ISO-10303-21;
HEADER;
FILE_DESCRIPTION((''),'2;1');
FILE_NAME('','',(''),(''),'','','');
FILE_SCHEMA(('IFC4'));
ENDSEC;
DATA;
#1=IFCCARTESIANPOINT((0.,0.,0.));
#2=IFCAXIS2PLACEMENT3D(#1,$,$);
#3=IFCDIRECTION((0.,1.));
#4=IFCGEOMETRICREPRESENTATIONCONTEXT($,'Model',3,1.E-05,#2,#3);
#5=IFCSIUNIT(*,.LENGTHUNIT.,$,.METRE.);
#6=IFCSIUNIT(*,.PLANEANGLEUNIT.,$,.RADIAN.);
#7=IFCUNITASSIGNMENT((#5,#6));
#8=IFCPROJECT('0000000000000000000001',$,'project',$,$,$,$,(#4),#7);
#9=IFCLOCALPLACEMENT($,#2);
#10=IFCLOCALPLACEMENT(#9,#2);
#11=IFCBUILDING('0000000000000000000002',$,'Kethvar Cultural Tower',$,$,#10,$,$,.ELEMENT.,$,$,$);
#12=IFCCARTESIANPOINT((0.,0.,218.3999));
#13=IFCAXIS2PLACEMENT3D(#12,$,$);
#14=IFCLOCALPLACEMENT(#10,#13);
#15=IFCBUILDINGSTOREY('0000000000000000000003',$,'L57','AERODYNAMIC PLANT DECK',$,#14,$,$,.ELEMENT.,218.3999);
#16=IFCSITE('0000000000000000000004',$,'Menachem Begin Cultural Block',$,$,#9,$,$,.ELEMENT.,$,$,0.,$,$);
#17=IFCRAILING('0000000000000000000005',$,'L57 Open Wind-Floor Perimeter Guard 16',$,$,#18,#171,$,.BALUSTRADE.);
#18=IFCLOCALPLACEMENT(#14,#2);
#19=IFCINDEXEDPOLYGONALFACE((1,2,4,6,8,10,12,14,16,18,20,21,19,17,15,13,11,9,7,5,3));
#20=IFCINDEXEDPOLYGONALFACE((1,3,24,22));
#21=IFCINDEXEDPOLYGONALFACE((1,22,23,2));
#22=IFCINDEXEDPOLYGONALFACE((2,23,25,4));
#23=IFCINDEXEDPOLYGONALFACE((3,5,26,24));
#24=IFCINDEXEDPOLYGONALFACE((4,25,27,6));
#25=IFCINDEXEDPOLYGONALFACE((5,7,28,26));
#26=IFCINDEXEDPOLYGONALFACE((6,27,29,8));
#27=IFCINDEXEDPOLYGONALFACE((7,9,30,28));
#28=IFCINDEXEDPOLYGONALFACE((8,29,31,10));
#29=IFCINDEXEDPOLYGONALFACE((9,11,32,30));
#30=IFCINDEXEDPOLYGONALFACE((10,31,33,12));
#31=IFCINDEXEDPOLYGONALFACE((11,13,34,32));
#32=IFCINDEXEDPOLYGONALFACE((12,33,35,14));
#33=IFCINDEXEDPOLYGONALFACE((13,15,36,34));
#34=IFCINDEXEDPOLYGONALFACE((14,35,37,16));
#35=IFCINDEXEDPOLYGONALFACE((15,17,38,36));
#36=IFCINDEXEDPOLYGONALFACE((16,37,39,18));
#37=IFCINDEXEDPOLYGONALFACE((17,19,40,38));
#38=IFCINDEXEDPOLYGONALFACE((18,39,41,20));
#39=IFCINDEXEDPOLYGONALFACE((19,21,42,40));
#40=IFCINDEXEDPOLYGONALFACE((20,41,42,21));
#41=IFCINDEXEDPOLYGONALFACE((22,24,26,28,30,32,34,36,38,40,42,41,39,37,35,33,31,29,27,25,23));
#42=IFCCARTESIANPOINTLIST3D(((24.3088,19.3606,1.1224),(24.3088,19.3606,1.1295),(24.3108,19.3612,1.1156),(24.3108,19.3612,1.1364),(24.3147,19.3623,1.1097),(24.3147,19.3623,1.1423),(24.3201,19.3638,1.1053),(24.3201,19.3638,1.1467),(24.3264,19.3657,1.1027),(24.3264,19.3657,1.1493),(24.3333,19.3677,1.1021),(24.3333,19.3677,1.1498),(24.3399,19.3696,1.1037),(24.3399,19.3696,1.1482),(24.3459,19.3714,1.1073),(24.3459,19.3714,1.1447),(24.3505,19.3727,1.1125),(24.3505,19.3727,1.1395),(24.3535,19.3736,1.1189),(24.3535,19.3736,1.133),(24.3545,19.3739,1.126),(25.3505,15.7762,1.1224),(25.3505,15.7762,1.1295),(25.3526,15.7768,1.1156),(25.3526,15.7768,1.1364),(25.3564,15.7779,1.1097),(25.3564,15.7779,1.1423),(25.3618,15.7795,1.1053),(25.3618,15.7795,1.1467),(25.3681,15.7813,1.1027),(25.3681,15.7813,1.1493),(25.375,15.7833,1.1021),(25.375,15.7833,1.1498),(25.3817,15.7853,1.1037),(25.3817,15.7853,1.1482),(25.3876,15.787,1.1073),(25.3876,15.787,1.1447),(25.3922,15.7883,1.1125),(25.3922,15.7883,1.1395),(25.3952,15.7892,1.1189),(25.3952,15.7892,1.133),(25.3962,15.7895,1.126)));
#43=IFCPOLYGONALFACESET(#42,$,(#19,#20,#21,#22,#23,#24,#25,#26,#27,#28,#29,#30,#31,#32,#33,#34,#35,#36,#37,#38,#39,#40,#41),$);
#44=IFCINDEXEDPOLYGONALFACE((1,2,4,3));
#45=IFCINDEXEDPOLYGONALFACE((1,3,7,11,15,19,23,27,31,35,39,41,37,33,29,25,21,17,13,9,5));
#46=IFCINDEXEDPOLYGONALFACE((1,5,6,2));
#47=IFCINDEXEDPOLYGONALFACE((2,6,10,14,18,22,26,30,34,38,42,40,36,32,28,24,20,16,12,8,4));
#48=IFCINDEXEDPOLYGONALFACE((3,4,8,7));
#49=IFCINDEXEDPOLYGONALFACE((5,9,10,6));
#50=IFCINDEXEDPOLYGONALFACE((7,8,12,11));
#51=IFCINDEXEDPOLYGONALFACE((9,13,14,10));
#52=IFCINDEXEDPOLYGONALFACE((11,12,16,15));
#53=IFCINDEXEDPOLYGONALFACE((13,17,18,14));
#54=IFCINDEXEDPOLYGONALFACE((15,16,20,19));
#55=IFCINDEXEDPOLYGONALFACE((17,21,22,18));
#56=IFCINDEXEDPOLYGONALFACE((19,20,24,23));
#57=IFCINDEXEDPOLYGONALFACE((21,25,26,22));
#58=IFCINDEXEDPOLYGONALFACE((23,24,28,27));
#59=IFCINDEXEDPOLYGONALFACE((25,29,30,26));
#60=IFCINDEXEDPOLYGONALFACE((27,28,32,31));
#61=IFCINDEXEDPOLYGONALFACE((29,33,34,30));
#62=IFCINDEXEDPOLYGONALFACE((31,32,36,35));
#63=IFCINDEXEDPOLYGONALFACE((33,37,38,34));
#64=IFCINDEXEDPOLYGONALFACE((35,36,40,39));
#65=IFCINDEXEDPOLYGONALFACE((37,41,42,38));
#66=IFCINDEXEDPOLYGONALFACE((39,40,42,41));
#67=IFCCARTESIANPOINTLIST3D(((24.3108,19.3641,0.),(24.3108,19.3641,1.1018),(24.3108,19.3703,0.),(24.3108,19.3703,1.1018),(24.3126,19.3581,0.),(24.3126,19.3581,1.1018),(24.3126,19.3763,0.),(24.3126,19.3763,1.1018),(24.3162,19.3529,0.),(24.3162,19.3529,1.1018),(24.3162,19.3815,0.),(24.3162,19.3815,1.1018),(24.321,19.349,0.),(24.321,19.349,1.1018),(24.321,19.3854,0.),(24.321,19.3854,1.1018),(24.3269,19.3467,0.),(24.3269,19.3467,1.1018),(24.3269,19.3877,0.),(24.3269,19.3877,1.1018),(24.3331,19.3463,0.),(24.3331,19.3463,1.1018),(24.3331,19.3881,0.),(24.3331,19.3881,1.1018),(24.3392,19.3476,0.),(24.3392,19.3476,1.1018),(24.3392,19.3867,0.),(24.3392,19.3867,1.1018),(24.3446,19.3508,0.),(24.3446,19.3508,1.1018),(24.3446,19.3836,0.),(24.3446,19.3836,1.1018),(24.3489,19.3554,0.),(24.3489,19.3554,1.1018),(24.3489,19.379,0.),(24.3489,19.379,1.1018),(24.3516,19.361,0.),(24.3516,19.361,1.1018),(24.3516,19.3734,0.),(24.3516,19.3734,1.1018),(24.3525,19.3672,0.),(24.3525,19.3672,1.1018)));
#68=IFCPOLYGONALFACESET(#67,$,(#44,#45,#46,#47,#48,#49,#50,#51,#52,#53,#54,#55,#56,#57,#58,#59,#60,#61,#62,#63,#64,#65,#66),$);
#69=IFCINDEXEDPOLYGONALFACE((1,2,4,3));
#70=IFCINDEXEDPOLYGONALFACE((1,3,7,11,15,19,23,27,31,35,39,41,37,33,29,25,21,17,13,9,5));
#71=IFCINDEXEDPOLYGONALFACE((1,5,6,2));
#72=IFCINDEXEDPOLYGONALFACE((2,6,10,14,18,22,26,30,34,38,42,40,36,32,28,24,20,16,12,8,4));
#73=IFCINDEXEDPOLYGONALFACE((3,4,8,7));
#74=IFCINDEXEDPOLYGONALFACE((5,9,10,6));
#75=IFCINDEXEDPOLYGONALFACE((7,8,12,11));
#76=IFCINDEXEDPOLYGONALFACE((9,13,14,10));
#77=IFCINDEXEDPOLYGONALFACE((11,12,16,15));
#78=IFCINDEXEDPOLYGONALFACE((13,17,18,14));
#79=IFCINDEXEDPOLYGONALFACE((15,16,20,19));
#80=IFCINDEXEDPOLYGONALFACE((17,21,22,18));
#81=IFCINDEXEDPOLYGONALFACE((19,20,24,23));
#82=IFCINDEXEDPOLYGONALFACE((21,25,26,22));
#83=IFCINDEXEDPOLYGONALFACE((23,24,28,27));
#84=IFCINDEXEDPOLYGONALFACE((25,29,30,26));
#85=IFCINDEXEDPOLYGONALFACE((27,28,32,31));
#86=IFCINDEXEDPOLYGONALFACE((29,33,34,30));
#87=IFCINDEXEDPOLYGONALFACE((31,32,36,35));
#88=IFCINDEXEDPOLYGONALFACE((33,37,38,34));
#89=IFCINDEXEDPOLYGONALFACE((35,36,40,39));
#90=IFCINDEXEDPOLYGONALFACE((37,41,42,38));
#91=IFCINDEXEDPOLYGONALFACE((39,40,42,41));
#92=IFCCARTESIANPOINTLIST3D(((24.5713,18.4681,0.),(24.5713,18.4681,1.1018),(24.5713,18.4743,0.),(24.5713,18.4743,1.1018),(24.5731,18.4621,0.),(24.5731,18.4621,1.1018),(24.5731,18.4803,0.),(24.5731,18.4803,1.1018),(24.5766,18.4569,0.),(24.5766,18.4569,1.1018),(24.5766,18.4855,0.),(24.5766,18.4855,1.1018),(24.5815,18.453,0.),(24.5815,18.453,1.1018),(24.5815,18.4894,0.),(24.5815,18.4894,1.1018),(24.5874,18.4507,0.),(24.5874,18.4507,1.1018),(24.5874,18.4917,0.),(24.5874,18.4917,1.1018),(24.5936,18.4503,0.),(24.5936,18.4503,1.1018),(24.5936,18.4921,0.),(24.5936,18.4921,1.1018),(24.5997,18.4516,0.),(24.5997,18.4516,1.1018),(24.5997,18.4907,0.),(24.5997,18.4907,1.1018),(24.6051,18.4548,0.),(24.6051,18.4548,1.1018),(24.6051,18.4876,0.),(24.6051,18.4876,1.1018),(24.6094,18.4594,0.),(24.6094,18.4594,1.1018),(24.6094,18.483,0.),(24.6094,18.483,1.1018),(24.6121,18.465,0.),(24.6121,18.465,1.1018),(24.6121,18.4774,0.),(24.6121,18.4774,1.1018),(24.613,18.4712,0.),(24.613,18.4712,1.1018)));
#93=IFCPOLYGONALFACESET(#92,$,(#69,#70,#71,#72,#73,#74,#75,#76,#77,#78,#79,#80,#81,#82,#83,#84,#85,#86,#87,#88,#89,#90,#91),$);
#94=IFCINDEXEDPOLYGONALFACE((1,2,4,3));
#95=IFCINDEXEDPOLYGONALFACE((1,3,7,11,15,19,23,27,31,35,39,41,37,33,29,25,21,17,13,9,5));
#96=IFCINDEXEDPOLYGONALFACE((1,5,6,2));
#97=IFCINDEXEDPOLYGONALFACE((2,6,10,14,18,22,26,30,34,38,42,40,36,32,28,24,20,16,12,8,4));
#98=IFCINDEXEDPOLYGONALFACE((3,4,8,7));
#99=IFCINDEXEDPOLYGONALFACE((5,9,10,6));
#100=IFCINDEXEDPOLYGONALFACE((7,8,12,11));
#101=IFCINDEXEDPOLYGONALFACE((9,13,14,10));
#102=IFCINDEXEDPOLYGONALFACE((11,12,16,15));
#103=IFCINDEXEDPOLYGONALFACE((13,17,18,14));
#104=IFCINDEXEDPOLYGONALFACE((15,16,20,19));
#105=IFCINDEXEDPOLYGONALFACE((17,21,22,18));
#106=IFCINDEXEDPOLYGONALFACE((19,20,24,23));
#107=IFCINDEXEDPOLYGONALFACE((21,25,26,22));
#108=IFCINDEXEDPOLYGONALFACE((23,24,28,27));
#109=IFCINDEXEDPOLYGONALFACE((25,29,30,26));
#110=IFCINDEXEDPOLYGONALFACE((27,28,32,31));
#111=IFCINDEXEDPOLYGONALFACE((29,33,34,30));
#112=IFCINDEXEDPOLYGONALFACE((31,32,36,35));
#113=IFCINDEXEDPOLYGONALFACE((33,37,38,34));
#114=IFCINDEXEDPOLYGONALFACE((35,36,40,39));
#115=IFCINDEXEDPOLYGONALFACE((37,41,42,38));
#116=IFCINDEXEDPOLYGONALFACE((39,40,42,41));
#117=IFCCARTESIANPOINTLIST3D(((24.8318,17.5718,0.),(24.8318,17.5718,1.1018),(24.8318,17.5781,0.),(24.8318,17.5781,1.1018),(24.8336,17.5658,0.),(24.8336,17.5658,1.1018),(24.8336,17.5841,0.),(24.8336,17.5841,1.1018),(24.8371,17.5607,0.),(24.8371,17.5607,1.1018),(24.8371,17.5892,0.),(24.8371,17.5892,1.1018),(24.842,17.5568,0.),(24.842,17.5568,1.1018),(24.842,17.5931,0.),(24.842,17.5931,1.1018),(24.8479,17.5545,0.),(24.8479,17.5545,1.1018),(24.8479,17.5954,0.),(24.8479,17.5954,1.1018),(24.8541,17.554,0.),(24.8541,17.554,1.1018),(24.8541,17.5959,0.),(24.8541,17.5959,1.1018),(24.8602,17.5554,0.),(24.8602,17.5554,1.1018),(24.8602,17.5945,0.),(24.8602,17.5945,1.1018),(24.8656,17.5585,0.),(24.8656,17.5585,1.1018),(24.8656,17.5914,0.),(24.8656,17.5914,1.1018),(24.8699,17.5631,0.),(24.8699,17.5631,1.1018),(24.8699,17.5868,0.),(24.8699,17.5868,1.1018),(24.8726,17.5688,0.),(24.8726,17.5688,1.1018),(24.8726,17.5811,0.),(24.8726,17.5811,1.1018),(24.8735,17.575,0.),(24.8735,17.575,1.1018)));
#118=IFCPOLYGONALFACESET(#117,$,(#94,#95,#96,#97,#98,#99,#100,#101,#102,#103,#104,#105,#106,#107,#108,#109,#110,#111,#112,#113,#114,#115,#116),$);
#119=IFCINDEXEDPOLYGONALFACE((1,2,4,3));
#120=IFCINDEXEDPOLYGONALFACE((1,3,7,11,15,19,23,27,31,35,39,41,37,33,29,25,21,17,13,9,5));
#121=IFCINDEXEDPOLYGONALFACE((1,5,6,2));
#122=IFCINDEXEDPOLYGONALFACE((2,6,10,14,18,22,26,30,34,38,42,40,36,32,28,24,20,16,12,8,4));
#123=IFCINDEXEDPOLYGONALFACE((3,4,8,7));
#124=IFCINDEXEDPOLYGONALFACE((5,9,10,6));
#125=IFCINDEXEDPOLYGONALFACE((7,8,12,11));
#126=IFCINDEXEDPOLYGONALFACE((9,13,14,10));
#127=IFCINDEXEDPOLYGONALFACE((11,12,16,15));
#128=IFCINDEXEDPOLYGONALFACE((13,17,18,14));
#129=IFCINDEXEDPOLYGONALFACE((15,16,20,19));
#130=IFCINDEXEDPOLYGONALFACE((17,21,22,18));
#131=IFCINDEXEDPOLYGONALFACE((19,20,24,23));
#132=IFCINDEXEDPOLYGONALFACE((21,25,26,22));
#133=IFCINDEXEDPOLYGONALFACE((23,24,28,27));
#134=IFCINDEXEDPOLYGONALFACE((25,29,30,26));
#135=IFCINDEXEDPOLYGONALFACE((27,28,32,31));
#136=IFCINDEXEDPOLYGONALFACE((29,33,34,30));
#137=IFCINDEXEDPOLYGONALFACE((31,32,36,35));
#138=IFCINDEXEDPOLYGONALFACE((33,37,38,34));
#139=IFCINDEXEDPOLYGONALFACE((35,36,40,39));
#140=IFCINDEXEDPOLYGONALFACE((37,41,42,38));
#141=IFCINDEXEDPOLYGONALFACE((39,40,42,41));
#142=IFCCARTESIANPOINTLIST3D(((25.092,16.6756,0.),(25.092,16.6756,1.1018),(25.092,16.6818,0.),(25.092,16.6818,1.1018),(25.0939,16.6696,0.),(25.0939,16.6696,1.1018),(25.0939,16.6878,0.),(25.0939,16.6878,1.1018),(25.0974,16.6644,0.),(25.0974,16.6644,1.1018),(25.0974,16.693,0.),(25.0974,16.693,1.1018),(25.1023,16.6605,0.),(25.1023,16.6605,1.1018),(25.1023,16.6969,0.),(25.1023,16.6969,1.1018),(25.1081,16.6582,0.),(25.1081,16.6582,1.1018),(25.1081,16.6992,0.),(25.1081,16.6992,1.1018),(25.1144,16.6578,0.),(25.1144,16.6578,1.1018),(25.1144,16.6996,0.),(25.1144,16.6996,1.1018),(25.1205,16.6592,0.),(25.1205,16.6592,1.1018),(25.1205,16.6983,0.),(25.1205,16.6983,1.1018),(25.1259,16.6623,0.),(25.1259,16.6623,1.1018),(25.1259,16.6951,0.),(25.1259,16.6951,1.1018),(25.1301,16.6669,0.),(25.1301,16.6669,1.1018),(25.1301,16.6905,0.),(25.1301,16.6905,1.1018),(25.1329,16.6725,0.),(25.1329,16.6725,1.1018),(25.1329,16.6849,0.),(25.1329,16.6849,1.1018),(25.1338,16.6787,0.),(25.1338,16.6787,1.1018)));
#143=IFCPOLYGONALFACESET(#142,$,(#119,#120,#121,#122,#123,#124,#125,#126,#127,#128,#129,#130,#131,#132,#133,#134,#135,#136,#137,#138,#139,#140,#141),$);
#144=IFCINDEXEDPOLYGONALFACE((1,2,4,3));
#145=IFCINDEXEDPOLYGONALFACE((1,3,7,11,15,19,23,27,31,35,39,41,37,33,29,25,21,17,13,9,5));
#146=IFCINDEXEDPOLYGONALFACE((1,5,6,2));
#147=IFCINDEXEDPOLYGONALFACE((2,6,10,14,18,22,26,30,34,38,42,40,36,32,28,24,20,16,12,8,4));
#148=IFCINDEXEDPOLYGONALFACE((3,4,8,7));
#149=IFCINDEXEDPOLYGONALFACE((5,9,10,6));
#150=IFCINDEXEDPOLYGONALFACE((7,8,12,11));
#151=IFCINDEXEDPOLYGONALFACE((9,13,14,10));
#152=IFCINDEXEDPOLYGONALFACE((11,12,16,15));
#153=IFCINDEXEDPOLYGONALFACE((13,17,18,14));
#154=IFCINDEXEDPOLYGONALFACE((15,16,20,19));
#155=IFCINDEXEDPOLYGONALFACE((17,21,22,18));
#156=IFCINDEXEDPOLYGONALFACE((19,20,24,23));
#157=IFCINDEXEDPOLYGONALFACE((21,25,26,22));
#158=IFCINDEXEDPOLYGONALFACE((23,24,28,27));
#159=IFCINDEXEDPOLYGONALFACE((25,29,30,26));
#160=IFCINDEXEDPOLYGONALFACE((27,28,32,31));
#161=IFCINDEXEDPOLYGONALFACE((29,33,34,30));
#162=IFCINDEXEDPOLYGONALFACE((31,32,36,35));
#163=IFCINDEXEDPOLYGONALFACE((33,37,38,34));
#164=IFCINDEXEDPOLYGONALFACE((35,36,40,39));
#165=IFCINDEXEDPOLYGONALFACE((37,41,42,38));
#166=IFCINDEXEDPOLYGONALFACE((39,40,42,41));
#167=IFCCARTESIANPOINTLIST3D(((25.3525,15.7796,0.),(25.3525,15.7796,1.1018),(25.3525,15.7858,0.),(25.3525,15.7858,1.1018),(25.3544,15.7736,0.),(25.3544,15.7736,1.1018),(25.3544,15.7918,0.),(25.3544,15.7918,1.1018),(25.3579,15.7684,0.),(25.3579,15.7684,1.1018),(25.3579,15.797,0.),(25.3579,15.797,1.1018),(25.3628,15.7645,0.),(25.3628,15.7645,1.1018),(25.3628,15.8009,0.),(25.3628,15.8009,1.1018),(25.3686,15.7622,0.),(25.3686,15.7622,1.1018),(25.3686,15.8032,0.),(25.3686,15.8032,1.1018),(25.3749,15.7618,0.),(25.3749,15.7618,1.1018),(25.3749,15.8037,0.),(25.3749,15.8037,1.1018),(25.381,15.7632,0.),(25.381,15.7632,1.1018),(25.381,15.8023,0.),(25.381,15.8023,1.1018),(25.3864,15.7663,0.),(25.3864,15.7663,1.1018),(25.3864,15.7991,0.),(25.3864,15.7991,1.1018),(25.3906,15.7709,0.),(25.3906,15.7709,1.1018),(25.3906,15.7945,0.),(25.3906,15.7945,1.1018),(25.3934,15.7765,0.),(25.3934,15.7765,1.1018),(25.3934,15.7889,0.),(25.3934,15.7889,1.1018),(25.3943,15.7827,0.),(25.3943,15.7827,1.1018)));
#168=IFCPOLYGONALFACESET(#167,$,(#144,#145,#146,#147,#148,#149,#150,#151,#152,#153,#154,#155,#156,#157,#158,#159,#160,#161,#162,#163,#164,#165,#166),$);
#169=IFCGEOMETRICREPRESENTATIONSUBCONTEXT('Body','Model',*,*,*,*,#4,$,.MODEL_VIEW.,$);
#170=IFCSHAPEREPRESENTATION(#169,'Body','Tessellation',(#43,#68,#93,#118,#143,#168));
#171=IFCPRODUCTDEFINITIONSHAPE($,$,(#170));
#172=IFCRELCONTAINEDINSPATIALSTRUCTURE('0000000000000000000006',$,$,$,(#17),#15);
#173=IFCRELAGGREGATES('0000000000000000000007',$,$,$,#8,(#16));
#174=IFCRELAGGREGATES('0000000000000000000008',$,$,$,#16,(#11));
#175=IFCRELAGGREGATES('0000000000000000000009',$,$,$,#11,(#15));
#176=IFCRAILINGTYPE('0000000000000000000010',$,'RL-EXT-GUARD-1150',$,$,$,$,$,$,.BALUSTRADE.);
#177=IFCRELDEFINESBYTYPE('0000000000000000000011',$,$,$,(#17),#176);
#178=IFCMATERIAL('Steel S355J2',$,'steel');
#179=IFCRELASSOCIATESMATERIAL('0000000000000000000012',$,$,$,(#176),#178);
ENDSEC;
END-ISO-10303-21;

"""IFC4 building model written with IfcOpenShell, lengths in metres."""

from ifc_helpers import new_model, si_unit, direction, frame, origin, origin_2d, place, context, subcontext, project, spatial, circle, extrude, material, type_object, element, save


model = new_model("IFC4")

# Units and contexts
model_context = context("Model", 3, precision=1e-05, world=origin(), true_north=direction((0.0, 1.0)))
body_context = subcontext(model_context, "Body", "Model", "MODEL_VIEW")
ifc_project = project(units=[si_unit("LENGTHUNIT", "METRE"), si_unit("PLANEANGLEUNIT", "RADIAN")], contexts=[model_context])

# Site, building, storey
site_placement = place(None, origin())
site = spatial("IfcSite", under=ifc_project, at=site_placement, Name="Menachem Begin Cultural Block", CompositionType="ELEMENT", RefElevation=0.0)
building_placement = place(site_placement, origin())
building = spatial("IfcBuilding", under=site, at=building_placement, Name="Kethvar Cultural Tower", CompositionType="ELEMENT")
storey_placement = place(building_placement, frame((0.0, 0.0, 218.3999)))
storey = spatial("IfcBuildingStorey", under=building, at=storey_placement, Name="L57", Description="AERODYNAMIC PLANT DECK", CompositionType="ELEMENT", Elevation=218.3999)

# Shared definitions
ifc_material_1 = material(Name="Steel S355J2", Category="steel")

# Railing
railing_type = type_object("IfcRailingType", Name="RL-EXT-GUARD-1150", PredefinedType="BALUSTRADE", material=ifc_material_1)
railing_1_placement = place(storey_placement, frame((24.3315, 19.3672, 0.0)))
element("IfcRailing", 1, at=railing_1_placement, inside=storey, type_object=railing_type, Name="L57 Open Wind-Floor Perimeter Guard 16", PredefinedType="BALUSTRADE", context=body_context, shape_type="SweptSolid", body=[
    extrude(circle(Radius=0.0239, at=origin_2d()), frame((0.0, 0.0, 1.126), z_axis=(0.279081, -0.960268, 0.0), x_axis=(0.960268, 0.279081, 0.0)), (0.0, 0.0, 1.0), 3.7327),
    extrude(circle(Radius=0.021, at=origin_2d()), origin(), (0.0, 0.0, 1.0), 1.1018),
    extrude(circle(Radius=0.021, at=origin_2d()), frame((0.2605, -0.896, 0.0)), (0.0, 0.0, 1.0), 1.1018),
    extrude(circle(Radius=0.021, at=origin_2d()), frame((0.521, -1.7922, 0.0)), (0.0, 0.0, 1.0), 1.1018),
    extrude(circle(Radius=0.021, at=origin_2d()), frame((0.7812, -2.6885, 0.0)), (0.0, 0.0, 1.0), 1.1018),
    extrude(circle(Radius=0.021, at=origin_2d()), frame((1.0417, -3.5845, 0.0)), (0.0, 0.0, 1.0), 1.1018),
])

save(model, "model.ifc")
